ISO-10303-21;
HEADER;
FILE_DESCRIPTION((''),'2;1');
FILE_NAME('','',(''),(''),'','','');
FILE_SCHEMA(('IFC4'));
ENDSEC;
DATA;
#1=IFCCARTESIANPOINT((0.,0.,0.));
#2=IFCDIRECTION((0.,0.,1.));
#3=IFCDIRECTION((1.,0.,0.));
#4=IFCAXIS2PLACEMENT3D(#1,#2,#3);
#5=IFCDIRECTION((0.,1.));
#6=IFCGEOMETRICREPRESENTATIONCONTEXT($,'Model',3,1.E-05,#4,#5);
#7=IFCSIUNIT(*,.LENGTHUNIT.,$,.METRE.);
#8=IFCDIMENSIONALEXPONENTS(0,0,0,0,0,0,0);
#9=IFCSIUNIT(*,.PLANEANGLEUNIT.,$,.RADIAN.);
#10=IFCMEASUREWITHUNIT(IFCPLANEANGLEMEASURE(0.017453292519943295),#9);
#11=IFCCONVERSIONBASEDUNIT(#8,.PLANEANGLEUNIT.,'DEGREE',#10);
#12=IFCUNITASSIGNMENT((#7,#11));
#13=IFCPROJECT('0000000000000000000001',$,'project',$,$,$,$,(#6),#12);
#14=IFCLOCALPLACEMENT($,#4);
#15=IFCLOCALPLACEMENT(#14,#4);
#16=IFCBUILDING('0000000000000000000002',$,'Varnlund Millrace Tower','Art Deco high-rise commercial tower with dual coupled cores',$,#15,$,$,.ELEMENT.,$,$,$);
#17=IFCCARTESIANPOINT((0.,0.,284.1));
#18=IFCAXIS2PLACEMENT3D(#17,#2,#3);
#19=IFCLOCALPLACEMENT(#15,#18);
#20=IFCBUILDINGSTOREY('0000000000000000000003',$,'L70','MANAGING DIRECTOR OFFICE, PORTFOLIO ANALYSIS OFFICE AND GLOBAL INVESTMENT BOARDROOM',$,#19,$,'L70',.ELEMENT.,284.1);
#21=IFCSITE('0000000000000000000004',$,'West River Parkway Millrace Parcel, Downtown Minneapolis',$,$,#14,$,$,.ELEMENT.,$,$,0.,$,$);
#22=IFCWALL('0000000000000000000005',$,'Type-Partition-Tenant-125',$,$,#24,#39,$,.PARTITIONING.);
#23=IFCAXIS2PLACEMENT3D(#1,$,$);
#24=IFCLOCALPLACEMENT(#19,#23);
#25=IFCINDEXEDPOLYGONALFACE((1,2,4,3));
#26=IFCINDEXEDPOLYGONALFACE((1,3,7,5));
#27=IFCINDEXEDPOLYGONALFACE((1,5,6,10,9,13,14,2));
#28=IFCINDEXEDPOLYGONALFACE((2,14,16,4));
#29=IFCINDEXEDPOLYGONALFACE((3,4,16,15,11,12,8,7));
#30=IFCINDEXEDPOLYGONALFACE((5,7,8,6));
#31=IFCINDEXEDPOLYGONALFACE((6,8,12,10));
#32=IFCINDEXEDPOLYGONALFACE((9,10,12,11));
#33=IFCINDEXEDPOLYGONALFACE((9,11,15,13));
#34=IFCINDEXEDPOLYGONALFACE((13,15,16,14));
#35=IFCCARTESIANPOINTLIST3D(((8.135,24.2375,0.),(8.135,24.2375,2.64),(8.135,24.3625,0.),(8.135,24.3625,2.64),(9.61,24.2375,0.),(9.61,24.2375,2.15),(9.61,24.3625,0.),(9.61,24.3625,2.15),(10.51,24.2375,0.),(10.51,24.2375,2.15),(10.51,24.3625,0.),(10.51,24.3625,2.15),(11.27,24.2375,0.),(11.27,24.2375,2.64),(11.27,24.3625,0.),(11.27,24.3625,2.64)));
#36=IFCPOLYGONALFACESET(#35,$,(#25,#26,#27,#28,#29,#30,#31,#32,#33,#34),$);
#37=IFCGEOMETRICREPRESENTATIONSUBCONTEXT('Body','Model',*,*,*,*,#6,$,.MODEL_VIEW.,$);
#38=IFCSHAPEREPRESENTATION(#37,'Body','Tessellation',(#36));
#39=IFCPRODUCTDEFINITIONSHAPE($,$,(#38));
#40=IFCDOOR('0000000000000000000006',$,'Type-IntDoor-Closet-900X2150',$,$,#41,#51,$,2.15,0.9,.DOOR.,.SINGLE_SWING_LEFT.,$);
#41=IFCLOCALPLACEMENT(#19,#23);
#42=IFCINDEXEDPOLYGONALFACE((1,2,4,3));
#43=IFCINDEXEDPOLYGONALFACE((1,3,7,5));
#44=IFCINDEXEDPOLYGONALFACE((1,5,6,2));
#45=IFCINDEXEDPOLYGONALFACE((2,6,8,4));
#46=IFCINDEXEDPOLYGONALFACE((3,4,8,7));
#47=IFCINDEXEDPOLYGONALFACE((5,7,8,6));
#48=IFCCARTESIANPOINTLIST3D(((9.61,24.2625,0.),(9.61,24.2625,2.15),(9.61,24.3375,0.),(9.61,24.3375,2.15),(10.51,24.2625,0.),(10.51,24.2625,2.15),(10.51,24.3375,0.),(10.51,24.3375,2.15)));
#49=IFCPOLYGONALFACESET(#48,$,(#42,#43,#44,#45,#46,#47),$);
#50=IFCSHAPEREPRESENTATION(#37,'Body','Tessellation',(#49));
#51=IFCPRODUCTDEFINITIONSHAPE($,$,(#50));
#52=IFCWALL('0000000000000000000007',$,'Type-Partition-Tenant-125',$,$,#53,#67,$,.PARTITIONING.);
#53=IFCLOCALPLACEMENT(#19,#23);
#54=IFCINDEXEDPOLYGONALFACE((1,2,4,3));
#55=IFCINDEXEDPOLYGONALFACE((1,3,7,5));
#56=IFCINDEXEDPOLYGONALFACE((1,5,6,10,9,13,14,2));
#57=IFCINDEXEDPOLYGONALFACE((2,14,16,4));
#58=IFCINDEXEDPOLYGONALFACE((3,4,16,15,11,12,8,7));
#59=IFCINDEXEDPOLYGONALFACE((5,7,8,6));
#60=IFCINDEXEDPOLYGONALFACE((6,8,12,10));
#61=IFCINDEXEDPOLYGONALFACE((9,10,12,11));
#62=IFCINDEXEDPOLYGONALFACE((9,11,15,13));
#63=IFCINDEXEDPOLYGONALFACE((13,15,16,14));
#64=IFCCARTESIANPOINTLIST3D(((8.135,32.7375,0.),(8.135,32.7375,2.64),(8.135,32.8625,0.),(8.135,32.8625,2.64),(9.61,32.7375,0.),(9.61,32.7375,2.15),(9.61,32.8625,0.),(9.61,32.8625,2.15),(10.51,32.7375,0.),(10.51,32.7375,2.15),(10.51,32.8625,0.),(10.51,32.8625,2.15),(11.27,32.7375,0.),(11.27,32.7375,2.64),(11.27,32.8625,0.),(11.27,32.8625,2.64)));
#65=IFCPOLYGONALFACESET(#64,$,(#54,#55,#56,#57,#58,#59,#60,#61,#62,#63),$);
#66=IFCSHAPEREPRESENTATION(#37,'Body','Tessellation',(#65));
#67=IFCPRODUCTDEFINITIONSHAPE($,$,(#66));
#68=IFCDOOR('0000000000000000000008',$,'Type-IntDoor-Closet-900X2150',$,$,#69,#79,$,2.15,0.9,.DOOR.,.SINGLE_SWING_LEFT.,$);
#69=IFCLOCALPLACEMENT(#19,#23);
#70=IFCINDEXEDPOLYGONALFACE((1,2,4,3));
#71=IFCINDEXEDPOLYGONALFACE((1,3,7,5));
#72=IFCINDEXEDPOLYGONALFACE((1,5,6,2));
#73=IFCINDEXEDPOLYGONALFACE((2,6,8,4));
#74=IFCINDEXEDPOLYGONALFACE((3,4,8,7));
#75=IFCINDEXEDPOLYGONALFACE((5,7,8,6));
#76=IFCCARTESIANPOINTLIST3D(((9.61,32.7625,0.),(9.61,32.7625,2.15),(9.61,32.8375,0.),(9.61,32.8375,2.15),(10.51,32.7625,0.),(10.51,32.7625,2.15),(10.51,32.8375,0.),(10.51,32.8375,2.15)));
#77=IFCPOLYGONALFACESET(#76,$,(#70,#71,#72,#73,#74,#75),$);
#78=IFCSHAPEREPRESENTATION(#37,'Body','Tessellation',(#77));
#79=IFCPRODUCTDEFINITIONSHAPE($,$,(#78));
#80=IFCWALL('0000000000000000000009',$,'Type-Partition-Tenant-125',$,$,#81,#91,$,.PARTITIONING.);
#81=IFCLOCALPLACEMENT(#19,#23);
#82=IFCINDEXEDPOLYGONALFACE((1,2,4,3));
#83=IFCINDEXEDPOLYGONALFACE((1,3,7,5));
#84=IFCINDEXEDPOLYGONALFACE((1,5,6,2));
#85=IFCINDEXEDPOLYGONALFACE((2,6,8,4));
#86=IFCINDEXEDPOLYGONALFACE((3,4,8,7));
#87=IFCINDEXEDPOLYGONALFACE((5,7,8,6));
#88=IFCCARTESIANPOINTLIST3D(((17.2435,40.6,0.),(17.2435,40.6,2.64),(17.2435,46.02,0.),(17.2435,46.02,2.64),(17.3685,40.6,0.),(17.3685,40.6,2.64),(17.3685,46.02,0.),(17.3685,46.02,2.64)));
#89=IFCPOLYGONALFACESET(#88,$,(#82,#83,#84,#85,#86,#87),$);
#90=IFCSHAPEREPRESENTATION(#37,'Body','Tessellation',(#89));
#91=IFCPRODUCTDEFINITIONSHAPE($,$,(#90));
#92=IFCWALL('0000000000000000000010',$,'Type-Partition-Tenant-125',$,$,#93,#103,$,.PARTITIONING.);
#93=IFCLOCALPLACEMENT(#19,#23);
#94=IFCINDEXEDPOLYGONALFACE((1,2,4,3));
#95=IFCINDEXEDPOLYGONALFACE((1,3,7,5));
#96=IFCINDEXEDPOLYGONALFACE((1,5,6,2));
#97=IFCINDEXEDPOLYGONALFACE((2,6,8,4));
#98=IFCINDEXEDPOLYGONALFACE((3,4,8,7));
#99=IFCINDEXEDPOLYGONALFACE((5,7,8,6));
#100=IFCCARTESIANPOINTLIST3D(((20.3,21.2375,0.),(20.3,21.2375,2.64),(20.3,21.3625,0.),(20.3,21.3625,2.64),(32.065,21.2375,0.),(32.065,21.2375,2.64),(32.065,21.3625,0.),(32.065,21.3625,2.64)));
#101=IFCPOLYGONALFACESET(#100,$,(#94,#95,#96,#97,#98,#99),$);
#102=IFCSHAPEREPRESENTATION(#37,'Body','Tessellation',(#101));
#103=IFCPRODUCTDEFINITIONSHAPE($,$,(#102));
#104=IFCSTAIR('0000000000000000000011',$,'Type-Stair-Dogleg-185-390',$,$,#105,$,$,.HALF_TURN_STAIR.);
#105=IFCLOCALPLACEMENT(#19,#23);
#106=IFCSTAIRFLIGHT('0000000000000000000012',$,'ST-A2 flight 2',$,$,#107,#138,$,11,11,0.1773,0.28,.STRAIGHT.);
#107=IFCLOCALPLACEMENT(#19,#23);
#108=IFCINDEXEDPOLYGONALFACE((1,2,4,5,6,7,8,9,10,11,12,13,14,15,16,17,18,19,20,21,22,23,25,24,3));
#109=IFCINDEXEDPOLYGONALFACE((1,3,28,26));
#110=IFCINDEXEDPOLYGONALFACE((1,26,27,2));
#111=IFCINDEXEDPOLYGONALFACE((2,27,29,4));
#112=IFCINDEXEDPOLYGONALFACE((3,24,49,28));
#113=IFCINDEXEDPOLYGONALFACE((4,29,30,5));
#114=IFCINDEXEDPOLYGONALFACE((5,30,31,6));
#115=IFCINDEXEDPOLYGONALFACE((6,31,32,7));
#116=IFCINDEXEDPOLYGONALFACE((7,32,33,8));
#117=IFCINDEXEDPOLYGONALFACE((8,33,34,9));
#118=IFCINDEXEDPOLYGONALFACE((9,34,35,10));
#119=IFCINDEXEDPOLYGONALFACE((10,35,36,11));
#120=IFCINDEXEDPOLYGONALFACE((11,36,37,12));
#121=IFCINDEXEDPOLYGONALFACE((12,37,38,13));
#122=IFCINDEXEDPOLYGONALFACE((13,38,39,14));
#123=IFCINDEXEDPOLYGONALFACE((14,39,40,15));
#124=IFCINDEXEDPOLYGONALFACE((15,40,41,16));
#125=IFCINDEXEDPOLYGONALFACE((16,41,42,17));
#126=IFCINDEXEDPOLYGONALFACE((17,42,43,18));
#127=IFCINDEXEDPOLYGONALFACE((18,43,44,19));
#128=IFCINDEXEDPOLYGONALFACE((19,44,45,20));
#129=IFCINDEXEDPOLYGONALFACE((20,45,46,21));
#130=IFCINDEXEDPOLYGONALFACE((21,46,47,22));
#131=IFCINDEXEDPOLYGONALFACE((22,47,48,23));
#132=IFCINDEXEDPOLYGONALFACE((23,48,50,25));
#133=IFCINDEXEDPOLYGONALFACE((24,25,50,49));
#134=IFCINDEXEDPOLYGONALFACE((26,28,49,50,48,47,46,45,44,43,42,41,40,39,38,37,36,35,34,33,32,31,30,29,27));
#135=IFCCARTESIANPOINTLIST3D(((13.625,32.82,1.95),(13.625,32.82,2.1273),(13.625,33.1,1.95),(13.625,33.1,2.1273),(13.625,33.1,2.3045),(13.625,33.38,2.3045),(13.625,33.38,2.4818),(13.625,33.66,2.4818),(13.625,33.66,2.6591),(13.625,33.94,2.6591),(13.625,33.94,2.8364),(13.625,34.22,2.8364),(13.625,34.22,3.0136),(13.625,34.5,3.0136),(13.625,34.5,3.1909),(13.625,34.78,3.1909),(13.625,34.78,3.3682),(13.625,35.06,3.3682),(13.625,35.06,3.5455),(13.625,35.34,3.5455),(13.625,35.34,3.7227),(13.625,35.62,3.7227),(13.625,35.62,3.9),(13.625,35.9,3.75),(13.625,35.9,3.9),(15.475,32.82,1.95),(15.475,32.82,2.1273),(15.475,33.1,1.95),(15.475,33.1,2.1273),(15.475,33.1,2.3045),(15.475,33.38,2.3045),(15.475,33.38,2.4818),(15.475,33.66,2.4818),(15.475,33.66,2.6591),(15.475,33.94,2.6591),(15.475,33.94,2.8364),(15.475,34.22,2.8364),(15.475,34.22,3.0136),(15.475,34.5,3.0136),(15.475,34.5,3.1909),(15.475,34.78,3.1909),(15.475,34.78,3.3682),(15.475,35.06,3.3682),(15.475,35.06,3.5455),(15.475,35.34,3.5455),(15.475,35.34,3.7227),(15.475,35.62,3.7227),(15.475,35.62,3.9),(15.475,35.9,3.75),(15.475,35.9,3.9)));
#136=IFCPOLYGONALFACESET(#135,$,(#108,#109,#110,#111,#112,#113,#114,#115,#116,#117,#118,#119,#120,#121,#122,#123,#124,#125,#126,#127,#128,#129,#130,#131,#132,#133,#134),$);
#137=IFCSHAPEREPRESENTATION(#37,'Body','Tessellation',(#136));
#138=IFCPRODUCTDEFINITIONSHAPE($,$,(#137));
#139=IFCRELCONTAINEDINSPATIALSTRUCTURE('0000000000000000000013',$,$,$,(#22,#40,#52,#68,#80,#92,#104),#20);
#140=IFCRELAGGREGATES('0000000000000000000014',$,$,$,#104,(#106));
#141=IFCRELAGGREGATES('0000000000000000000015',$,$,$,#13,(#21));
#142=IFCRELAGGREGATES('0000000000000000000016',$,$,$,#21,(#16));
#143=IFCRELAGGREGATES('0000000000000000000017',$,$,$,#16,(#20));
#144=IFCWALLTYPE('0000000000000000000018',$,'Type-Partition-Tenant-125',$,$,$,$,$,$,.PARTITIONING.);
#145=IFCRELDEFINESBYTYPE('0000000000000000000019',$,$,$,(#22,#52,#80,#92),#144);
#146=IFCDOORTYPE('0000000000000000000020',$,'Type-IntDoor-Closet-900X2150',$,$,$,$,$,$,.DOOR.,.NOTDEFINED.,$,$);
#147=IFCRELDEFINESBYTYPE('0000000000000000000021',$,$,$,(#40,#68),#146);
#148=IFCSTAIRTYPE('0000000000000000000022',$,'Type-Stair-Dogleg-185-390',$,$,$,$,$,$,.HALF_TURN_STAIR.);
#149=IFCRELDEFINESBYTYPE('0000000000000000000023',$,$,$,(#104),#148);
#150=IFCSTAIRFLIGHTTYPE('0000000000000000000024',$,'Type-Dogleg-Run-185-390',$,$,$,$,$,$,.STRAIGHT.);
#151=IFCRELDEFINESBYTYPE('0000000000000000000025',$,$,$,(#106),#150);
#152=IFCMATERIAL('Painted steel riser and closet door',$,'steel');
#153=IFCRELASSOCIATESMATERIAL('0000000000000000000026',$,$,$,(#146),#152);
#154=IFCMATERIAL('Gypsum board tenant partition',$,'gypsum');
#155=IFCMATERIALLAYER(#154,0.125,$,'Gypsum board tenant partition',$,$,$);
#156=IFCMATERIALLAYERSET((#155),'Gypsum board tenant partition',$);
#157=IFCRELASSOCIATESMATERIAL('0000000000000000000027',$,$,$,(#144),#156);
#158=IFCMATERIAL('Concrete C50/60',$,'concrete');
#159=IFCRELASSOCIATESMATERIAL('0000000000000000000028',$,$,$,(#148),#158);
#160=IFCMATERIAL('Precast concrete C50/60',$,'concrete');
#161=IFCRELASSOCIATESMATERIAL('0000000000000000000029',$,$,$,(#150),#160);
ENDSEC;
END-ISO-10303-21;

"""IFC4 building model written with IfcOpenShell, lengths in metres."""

from ifc_helpers import new_model, entity, si_unit, converted_unit, direction, frame, origin_with_axes, origin_2d_with_axis, place, context, subcontext, project, spatial, polyline, rectangle, outline, extrude, material, layer, layer_set, type_object, element, fill, aggregate, save


model = new_model("IFC4")

# Units and contexts
model_context = context("Model", 3, precision=1e-05, world=origin_with_axes(), true_north=direction((0.0, 1.0)))
body_context = subcontext(model_context, "Body", "Model", "MODEL_VIEW")
ifc_project = project(units=[si_unit("LENGTHUNIT", "METRE"), converted_unit("PLANEANGLEUNIT", "DEGREE", entity("IfcPlaneAngleMeasure", 0.017453292519943295), si_unit("PLANEANGLEUNIT", "RADIAN"), dimensions=[0, 0, 0, 0, 0, 0, 0])], contexts=[model_context])

# Site, building, storey
site_placement = place(None, origin_with_axes())
site = spatial("IfcSite", under=ifc_project, at=site_placement, Name="West River Parkway Millrace Parcel, Downtown Minneapolis", CompositionType="ELEMENT", RefElevation=0.0)
building_placement = place(site_placement, origin_with_axes())
building = spatial("IfcBuilding", under=site, at=building_placement, Name="Varnlund Millrace Tower", Description="Art Deco high-rise commercial tower with dual coupled cores", CompositionType="ELEMENT")
storey_placement = place(building_placement, frame((0.0, 0.0, 284.1), z_axis=(0.0, 0.0, 1.0), x_axis=(1.0, 0.0, 0.0)))
storey = spatial("IfcBuildingStorey", under=building, at=storey_placement, Name="L70", Description="MANAGING DIRECTOR OFFICE, PORTFOLIO ANALYSIS OFFICE AND GLOBAL INVESTMENT BOARDROOM", LongName="L70", CompositionType="ELEMENT", Elevation=284.1)

# Shared definitions
ifc_material_1 = material(Name="Precast concrete C50/60", Category="concrete")

# Shared definitions
ifc_material_2 = material(Name="Painted steel riser and closet door", Category="steel")
door_type = type_object("IfcDoorType", Name="Type-IntDoor-Closet-900X2150", OperationType="NOTDEFINED", PredefinedType="DOOR", material=ifc_material_2)

# Walls, openings, doors
ifc_material_3 = material(Name="Gypsum board tenant partition", Category="gypsum")
ifc_layer_1 = layer(ifc_material_3, 0.125, Name="Gypsum board tenant partition")
ifc_layer_set_1 = layer_set([ifc_layer_1], Name="Gypsum board tenant partition")
wall_type_1 = type_object("IfcWallType", Name="Type-Partition-Tenant-125", PredefinedType="PARTITIONING", material=ifc_layer_set_1)
wall_1_placement = place(storey_placement, frame((8.135, 24.3, 0.0), z_axis=(0.0, 0.0, 1.0), x_axis=(1.0, 0.0, 0.0)))
wall_1 = element("IfcWall", 1, at=wall_1_placement, inside=storey, type_object=wall_type_1, Name="Type-Partition-Tenant-125", PredefinedType="PARTITIONING", context=body_context, shape_type="SweptSolid", body=[
    extrude(outline(polyline([(0.0, -0.0625), (3.135, -0.0625), (3.135, 0.0625), (0.0, 0.0625), (0.0, -0.0625)])), origin_with_axes(), (0.0, 0.0, 1.0), 2.64),
])
opening_1_placement = place(wall_1_placement, frame((1.925, 0.0, 0.0), z_axis=(0.0, 0.0, 1.0), x_axis=(1.0, 0.0, 0.0)))
opening_1 = element("IfcOpeningElement", 2, at=opening_1_placement, cuts=wall_1, PredefinedType="OPENING", context=body_context, shape_type="SweptSolid", body=[
    extrude(rectangle(XDim=0.9, YDim=0.145, at=origin_2d_with_axis()), origin_with_axes(), (0.0, 0.0, 1.0), 2.15),
])
door_1_placement = place(wall_1_placement, frame((1.925, 0.0, 0.0), z_axis=(0.0, 0.0, 1.0), x_axis=(1.0, 0.0, 0.0)))
door_1 = element("IfcDoor", 3, at=door_1_placement, inside=storey, type_object=door_type, Name="Type-IntDoor-Closet-900X2150", OperationType="SINGLE_SWING_LEFT", OverallHeight=2.15, OverallWidth=0.9, PredefinedType="DOOR", context=body_context, shape_type="SweptSolid", body=[
    extrude(rectangle(XDim=0.9, YDim=0.075, at=origin_2d_with_axis()), origin_with_axes(), (0.0, 0.0, 1.0), 2.15),
])
fill(opening_1, door_1)
wall_2_placement = place(storey_placement, frame((8.135, 32.8, 0.0), z_axis=(0.0, 0.0, 1.0), x_axis=(1.0, 0.0, 0.0)))
wall_2 = element("IfcWall", 4, at=wall_2_placement, inside=storey, type_object=wall_type_1, Name="Type-Partition-Tenant-125", PredefinedType="PARTITIONING", context=body_context, shape_type="SweptSolid", body=[
    extrude(outline(polyline([(0.0, -0.0625), (3.135, -0.0625), (3.135, 0.0625), (0.0, 0.0625), (0.0, -0.0625)])), origin_with_axes(), (0.0, 0.0, 1.0), 2.64),
])
opening_2_placement = place(wall_2_placement, frame((1.925, 0.0, 0.0), z_axis=(0.0, 0.0, 1.0), x_axis=(1.0, 0.0, 0.0)))
opening_2 = element("IfcOpeningElement", 5, at=opening_2_placement, cuts=wall_2, PredefinedType="OPENING", context=body_context, shape_type="SweptSolid", body=[
    extrude(rectangle(XDim=0.9, YDim=0.145, at=origin_2d_with_axis()), origin_with_axes(), (0.0, 0.0, 1.0), 2.15),
])
door_2_placement = place(wall_2_placement, frame((1.925, 0.0, 0.0), z_axis=(0.0, 0.0, 1.0), x_axis=(1.0, 0.0, 0.0)))
door_2 = element("IfcDoor", 6, at=door_2_placement, inside=storey, type_object=door_type, Name="Type-IntDoor-Closet-900X2150", OperationType="SINGLE_SWING_LEFT", OverallHeight=2.15, OverallWidth=0.9, PredefinedType="DOOR", context=body_context, shape_type="SweptSolid", body=[
    extrude(rectangle(XDim=0.9, YDim=0.075, at=origin_2d_with_axis()), origin_with_axes(), (0.0, 0.0, 1.0), 2.15),
])
fill(opening_2, door_2)

# Walls
wall_3_placement = place(storey_placement, frame((17.306, 40.6, 0.0), z_axis=(0.0, 0.0, 1.0), x_axis=(0.0, 1.0, 0.0)))
element("IfcWall", 7, at=wall_3_placement, inside=storey, type_object=wall_type_1, Name="Type-Partition-Tenant-125", PredefinedType="PARTITIONING", context=body_context, shape_type="SweptSolid", body=[
    extrude(outline(polyline([(0.0, -0.0625), (5.42, -0.0625), (5.42, 0.0625), (0.0, 0.0625), (0.0, -0.0625)])), origin_with_axes(), (0.0, 0.0, 1.0), 2.64),
])
wall_4_placement = place(storey_placement, frame((20.3, 21.3, 0.0), z_axis=(0.0, 0.0, 1.0), x_axis=(1.0, 0.0, 0.0)))
element("IfcWall", 8, at=wall_4_placement, inside=storey, type_object=wall_type_1, Name="Type-Partition-Tenant-125", PredefinedType="PARTITIONING", context=body_context, shape_type="SweptSolid", body=[
    extrude(outline(polyline([(0.0, -0.0625), (11.765, -0.0625), (11.765, 0.0625), (0.0, 0.0625), (0.0, -0.0625)])), origin_with_axes(), (0.0, 0.0, 1.0), 2.64),
])

# Stair, stair flight
ifc_material_4 = material(Name="Concrete C50/60", Category="concrete")
stair_type = type_object("IfcStairType", Name="Type-Stair-Dogleg-185-390", PredefinedType="HALF_TURN_STAIR", material=ifc_material_4)
stair_placement = place(storey_placement, origin_with_axes())
stair = element("IfcStair", 9, at=stair_placement, inside=storey, type_object=stair_type, Name="Type-Stair-Dogleg-185-390", PredefinedType="HALF_TURN_STAIR")
stair_flight_type = type_object("IfcStairFlightType", Name="Type-Dogleg-Run-185-390", PredefinedType="STRAIGHT", material=ifc_material_1)
stair_flight_placement = place(storey_placement, frame((13.625, 32.82, 1.95), z_axis=(1.0, 0.0, 0.0), x_axis=(0.0, 1.0, 0.0)))
stair_flight = element("IfcStairFlight", 10, at=stair_flight_placement, type_object=stair_flight_type, Name="ST-A2 flight 2", NumberOfRisers=11, NumberOfTreads=11, PredefinedType="STRAIGHT", RiserHeight=0.1773, TreadLength=0.28, context=body_context, shape_type="SweptSolid", body=[
    extrude(outline(polyline([(0.0, 0.0), (0.0, 0.1773), (0.28, 0.1773), (0.28, 0.3545), (0.56, 0.3545), (0.56, 0.5318), (0.84, 0.5318), (0.84, 0.7091), (1.12, 0.7091), (1.12, 0.8864), (1.4, 0.8864), (1.4, 1.0636), (1.68, 1.0636), (1.68, 1.2409), (1.96, 1.2409), (1.96, 1.4182), (2.24, 1.4182), (2.24, 1.5955), (2.52, 1.5955), (2.52, 1.7727), (2.8, 1.7727), (2.8, 1.95), (3.08, 1.95), (3.08, 1.8), (0.28, 0.0), (0.0, 0.0)])), origin_with_axes(), (0.0, 0.0, 1.0), 1.85),
])
aggregate(stair, [stair_flight])

save(model, "model.ifc")
